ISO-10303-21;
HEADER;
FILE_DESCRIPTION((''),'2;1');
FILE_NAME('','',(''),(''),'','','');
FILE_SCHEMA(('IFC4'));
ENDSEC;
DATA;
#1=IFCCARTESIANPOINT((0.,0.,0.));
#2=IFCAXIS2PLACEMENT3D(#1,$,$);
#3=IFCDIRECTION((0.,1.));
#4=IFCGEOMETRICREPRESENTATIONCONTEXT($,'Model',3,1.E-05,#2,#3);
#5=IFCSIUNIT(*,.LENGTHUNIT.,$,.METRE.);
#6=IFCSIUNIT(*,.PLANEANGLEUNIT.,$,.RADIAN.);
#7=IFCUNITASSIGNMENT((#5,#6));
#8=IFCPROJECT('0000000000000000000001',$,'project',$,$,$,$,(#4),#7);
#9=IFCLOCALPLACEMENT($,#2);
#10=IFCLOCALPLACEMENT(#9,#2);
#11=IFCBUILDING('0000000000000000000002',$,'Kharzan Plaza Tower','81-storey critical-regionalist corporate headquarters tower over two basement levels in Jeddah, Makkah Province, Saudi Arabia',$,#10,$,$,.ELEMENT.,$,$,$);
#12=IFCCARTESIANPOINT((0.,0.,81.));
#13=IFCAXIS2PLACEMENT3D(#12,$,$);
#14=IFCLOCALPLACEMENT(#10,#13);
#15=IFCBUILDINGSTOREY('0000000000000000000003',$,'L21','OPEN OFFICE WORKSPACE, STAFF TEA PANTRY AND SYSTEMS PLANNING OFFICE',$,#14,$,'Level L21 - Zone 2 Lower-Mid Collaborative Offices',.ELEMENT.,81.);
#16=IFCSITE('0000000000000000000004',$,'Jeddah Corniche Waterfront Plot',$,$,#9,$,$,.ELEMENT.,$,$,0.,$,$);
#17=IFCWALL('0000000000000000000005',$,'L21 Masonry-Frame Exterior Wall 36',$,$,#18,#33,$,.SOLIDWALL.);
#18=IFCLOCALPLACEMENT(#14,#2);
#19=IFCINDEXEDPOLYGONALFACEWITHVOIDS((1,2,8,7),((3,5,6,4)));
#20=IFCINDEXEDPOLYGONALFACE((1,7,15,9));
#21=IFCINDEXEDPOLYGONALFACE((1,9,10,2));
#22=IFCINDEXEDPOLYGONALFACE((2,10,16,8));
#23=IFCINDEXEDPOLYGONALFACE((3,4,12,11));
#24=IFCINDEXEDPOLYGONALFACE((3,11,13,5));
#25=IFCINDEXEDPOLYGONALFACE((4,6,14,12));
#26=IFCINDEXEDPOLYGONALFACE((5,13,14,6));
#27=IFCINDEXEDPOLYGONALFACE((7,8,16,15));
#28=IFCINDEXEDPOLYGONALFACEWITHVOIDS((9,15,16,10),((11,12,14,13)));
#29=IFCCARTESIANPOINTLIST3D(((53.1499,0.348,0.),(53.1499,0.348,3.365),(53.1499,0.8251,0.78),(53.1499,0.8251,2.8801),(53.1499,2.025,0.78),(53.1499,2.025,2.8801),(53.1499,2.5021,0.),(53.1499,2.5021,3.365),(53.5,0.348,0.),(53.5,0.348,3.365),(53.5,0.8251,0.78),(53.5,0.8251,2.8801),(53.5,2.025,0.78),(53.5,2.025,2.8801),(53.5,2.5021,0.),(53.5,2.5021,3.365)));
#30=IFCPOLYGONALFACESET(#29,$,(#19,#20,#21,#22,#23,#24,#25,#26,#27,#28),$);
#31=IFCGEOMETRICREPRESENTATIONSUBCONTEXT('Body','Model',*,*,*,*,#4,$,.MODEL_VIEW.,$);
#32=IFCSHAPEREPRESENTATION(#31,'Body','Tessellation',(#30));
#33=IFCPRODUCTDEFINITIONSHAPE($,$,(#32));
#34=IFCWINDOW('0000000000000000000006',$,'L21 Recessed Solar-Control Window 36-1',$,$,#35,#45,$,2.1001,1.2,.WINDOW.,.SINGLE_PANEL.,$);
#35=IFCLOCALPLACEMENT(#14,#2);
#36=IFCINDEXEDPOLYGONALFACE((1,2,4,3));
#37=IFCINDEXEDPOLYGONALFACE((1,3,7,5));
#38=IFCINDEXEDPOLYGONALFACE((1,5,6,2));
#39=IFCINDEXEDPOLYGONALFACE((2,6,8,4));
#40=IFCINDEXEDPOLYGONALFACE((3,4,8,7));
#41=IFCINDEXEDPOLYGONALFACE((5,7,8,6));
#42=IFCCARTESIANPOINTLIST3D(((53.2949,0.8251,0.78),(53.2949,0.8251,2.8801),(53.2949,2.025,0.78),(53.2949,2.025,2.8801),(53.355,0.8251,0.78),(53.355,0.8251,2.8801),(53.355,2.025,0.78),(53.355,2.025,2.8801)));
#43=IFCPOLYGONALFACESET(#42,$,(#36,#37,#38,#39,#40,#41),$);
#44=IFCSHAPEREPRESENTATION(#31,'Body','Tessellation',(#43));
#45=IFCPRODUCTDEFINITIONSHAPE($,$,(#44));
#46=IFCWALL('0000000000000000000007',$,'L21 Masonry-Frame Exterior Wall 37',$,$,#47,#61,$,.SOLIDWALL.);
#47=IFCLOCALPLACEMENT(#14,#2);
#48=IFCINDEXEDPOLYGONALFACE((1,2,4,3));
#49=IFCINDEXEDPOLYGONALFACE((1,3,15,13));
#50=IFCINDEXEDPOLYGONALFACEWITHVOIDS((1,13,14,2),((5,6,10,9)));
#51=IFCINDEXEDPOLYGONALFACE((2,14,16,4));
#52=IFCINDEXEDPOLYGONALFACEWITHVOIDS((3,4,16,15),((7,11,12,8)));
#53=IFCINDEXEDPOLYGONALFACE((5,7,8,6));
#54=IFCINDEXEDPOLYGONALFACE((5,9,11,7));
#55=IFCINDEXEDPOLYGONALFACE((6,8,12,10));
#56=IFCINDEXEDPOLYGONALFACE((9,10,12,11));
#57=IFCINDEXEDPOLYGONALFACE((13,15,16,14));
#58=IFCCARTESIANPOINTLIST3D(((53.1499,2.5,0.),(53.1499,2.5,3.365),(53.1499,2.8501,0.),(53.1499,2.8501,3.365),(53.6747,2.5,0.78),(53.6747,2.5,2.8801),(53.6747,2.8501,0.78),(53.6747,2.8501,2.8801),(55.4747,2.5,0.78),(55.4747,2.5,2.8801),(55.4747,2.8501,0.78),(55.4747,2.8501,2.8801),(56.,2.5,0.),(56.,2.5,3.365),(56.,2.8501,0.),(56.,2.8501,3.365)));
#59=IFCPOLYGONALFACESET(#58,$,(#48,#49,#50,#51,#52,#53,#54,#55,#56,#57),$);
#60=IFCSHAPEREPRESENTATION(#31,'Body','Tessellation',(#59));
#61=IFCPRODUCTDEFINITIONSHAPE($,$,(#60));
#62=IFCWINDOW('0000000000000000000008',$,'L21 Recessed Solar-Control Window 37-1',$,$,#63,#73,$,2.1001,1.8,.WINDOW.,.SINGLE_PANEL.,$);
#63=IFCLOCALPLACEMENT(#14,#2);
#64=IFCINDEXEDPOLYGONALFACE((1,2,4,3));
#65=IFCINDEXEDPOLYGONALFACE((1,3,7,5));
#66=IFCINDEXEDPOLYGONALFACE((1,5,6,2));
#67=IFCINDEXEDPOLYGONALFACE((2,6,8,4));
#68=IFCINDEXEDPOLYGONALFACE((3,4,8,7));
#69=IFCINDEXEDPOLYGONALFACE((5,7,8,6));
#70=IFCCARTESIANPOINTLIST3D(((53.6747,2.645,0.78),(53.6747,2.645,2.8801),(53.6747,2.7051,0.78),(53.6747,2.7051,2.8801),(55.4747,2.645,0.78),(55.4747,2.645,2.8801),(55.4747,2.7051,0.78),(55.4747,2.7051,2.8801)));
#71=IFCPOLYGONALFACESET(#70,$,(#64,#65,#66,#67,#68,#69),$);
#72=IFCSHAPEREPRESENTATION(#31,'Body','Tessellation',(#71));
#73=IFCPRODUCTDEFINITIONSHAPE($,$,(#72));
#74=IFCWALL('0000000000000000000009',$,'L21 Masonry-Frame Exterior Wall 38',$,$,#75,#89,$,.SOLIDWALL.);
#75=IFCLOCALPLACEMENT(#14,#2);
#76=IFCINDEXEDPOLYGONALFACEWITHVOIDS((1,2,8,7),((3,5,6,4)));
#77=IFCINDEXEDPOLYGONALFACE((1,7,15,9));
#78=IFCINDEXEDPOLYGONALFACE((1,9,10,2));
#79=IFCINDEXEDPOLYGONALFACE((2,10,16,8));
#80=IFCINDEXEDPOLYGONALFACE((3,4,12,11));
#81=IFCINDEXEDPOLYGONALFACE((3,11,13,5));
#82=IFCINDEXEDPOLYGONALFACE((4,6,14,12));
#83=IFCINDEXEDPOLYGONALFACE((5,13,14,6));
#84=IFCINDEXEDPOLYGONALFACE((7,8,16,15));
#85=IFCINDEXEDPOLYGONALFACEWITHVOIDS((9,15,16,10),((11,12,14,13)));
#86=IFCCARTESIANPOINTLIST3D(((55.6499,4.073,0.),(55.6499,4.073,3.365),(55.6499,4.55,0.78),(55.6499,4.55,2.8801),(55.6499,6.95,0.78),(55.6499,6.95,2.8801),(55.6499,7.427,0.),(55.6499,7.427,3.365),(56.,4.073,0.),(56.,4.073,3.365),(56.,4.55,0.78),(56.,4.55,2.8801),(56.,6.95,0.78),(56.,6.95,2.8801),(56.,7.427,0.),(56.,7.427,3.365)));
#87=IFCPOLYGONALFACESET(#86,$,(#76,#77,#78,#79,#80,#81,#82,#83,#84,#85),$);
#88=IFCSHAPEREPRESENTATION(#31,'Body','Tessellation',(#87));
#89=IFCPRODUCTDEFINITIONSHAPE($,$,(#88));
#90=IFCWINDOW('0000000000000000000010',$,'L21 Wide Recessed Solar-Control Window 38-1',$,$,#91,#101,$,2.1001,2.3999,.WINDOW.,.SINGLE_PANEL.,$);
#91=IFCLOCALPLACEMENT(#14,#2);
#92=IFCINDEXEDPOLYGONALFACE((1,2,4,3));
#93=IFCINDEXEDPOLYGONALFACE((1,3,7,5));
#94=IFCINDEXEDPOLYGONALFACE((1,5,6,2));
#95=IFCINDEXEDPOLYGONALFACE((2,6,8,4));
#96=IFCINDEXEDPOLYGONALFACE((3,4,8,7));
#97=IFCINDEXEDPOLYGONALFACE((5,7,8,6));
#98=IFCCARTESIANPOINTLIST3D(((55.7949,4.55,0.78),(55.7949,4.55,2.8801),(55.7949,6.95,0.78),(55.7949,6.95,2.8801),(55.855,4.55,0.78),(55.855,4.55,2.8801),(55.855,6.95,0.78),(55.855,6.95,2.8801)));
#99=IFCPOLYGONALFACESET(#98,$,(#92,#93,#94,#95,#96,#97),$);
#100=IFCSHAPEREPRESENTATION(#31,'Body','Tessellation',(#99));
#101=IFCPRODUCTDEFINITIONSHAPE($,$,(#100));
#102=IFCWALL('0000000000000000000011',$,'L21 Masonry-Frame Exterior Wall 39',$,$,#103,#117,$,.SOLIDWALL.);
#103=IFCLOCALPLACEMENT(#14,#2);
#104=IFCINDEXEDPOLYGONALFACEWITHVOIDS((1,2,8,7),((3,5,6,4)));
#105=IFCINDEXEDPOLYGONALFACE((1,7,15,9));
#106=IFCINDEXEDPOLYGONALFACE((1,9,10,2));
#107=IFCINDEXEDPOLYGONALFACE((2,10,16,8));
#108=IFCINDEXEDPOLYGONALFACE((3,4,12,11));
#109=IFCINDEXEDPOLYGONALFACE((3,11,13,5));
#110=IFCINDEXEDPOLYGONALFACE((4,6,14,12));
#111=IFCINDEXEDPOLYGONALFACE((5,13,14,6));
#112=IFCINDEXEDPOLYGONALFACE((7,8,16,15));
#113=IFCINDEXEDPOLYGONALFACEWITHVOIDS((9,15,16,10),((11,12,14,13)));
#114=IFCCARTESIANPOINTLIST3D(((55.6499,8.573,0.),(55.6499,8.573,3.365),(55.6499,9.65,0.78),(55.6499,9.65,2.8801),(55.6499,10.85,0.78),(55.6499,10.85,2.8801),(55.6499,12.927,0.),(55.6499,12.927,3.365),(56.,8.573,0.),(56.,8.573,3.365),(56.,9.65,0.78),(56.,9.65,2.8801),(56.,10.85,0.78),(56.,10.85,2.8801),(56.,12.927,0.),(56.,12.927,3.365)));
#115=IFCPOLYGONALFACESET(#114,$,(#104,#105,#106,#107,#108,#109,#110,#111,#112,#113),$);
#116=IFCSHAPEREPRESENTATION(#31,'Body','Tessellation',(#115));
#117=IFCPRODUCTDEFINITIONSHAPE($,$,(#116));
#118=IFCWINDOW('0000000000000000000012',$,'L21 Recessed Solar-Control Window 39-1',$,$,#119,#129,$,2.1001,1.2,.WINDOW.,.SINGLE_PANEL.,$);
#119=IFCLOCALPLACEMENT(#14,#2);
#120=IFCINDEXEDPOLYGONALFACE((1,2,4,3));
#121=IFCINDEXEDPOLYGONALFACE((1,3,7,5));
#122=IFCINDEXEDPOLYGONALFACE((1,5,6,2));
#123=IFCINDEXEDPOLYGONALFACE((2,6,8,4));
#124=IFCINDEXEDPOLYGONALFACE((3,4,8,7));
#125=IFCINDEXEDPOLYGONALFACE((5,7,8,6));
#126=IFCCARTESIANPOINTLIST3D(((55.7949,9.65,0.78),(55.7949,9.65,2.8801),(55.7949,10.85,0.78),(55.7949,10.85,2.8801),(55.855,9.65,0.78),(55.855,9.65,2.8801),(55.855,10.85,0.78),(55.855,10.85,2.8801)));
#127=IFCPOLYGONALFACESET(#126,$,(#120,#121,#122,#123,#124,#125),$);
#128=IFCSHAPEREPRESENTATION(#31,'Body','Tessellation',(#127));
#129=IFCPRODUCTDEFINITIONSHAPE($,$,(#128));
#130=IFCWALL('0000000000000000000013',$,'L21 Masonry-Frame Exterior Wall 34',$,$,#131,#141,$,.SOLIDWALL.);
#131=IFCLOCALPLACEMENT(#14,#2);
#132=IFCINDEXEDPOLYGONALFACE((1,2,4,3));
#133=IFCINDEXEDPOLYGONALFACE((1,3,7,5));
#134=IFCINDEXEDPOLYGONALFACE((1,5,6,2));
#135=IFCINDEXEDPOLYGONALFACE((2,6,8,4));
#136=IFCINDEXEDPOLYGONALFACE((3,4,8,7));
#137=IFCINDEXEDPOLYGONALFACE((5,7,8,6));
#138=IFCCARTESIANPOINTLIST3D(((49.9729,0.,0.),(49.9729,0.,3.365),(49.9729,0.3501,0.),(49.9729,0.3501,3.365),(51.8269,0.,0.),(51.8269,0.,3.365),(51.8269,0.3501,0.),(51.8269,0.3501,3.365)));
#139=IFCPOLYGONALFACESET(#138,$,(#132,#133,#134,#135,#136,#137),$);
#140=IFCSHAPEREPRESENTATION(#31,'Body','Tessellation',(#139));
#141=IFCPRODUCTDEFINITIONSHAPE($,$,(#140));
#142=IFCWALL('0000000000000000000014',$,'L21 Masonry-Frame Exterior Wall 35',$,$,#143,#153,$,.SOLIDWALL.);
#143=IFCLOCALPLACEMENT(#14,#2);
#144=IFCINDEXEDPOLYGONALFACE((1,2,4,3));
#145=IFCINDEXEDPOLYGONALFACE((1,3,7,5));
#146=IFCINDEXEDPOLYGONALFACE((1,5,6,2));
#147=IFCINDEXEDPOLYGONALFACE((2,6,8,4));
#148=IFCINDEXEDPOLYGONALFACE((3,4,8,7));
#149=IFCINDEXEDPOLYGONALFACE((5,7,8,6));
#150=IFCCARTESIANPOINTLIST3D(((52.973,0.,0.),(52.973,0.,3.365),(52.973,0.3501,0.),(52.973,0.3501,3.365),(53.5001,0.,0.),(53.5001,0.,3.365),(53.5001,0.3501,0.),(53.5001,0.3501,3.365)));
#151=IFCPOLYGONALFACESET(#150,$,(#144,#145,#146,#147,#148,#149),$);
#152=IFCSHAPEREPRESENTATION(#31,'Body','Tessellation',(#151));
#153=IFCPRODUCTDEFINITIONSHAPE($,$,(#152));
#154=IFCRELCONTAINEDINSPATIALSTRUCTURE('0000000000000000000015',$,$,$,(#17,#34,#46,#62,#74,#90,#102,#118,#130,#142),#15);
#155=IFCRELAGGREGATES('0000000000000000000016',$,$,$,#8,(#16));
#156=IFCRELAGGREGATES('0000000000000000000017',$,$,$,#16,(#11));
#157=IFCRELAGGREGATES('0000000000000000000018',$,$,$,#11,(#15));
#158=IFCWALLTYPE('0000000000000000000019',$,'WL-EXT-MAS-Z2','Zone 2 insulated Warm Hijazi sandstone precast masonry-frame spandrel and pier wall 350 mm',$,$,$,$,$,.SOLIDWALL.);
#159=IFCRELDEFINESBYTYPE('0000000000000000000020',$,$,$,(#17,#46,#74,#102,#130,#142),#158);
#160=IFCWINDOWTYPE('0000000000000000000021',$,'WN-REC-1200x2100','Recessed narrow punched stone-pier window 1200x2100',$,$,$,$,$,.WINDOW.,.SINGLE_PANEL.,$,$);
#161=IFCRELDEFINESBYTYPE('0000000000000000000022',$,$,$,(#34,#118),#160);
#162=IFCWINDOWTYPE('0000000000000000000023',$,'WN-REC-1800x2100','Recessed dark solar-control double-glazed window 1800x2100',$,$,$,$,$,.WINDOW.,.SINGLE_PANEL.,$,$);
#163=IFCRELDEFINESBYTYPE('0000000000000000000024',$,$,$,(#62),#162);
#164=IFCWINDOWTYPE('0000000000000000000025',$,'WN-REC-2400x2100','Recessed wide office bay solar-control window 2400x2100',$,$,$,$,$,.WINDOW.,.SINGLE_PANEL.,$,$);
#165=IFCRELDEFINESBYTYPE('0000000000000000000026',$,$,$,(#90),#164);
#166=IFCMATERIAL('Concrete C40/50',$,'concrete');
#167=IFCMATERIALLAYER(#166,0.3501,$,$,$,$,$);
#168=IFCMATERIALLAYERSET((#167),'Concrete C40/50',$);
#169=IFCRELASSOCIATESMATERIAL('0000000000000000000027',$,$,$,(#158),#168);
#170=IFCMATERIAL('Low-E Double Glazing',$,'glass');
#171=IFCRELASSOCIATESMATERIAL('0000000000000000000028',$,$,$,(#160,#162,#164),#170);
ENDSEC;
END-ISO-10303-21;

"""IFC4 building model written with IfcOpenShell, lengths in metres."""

from ifc_helpers import new_model, si_unit, direction, frame, frame_2d, origin, place, context, subcontext, project, spatial, rectangle, extrude, source, transform, mapped, material, layer, layer_set, type_object, element, fill, save


model = new_model("IFC4")

# Units and contexts
model_context = context("Model", 3, precision=1e-05, world=origin(), true_north=direction((0.0, 1.0)))
body_context = subcontext(model_context, "Body", "Model", "MODEL_VIEW")
ifc_project = project(units=[si_unit("LENGTHUNIT", "METRE"), si_unit("PLANEANGLEUNIT", "RADIAN")], contexts=[model_context])

# Site, building, storey
site_placement = place(None, origin())
site = spatial("IfcSite", under=ifc_project, at=site_placement, Name="Jeddah Corniche Waterfront Plot", CompositionType="ELEMENT", RefElevation=0.0)
building_placement = place(site_placement, origin())
building = spatial("IfcBuilding", under=site, at=building_placement, Name="Kharzan Plaza Tower", Description="81-storey critical-regionalist corporate headquarters tower over two basement levels in Jeddah, Makkah Province, Saudi Arabia", CompositionType="ELEMENT")
storey_placement = place(building_placement, frame((0.0, 0.0, 81.0)))
storey = spatial("IfcBuildingStorey", under=building, at=storey_placement, Name="L21", Description="OPEN OFFICE WORKSPACE, STAFF TEA PANTRY AND SYSTEMS PLANNING OFFICE", LongName="Level L21 - Zone 2 Lower-Mid Collaborative Offices", CompositionType="ELEMENT", Elevation=81.0)

# Walls, openings, windows
ifc_material_1 = material(Name="Concrete C40/50", Category="concrete")
ifc_layer = layer(ifc_material_1, 0.3501)
ifc_layer_set = layer_set([ifc_layer], Name="Concrete C40/50")
wall_type = type_object("IfcWallType", Name="WL-EXT-MAS-Z2", Description="Zone 2 insulated Warm Hijazi sandstone precast masonry-frame spandrel and pier wall 350 mm", PredefinedType="SOLIDWALL", material=ifc_layer_set)
wall_1_placement = place(storey_placement, frame((53.325, 0.3479, 0.0), z_axis=(0.0, 0.0, 1.0), x_axis=(0.0, 1.0, 0.0)))
wall_1 = element("IfcWall", 1, at=wall_1_placement, inside=storey, type_object=wall_type, Name="L21 Masonry-Frame Exterior Wall 36", PredefinedType="SOLIDWALL", context=body_context, shape_type="SweptSolid", body=[
    extrude(rectangle(XDim=2.1541, YDim=0.3501, at=frame_2d((1.0771, 0.0))), origin(), (0.0, 0.0, 1.0), 3.365),
])
opening_1_placement = place(wall_1_placement, frame((0.4771, 0.0, 0.78)))
opening_1 = element("IfcOpeningElement", 2, at=opening_1_placement, cuts=wall_1, PredefinedType="OPENING", context=body_context, shape_type="SweptSolid", body=[
    extrude(rectangle(XDim=1.2, YDim=2.1001, at=frame_2d((0.6001, 1.05))), frame((0.0, 0.1851, 0.0), z_axis=(0.0, -1.0, 0.0), x_axis=(1.0, 0.0, 0.0)), (0.0, 0.0, 1.0), 0.3701),
])
ifc_material_2 = material(Name="Low-E Double Glazing", Category="glass")
window_type_1 = type_object("IfcWindowType", Name="WN-REC-1200x2100", Description="Recessed narrow punched stone-pier window 1200x2100", PartitioningType="SINGLE_PANEL", PredefinedType="WINDOW", material=ifc_material_2)
shared_shape_1 = source(origin(), body_context, "Body", "SweptSolid", [
    extrude(rectangle(XDim=1.2, YDim=2.1001, at=frame_2d((0.6001, 1.05))), frame((0.0, 0.03, 0.0), z_axis=(0.0, -1.0, 0.0), x_axis=(1.0, 0.0, 0.0)), (0.0, 0.0, 1.0), 0.0601),
])
window_1_placement = place(opening_1_placement, origin())
window_1 = element("IfcWindow", 3, at=window_1_placement, inside=storey, type_object=window_type_1, Name="L21 Recessed Solar-Control Window 36-1", OverallHeight=2.1001, OverallWidth=1.2, PartitioningType="SINGLE_PANEL", PredefinedType="WINDOW", context=body_context, shape_type="MappedRepresentation", body=[
    mapped(shared_shape_1, transform((0.0, 0.0, 0.0), x_axis=(1.0, 0.0, 0.0), y_axis=(0.0, 1.0, 0.0), z_axis=(0.0, 0.0, 1.0))),
])
fill(opening_1, window_1)
wall_2_placement = place(storey_placement, frame((53.1499, 2.675, 0.0), z_axis=(0.0, 0.0, 1.0), x_axis=(1.0, 0.0, 0.0)))
wall_2 = element("IfcWall", 4, at=wall_2_placement, inside=storey, type_object=wall_type, Name="L21 Masonry-Frame Exterior Wall 37", PredefinedType="SOLIDWALL", context=body_context, shape_type="SweptSolid", body=[
    extrude(rectangle(XDim=2.8501, YDim=0.3501, at=frame_2d((1.425, 0.0))), origin(), (0.0, 0.0, 1.0), 3.365),
])
opening_2_placement = place(wall_2_placement, frame((0.5249, 0.0, 0.78)))
opening_2 = element("IfcOpeningElement", 5, at=opening_2_placement, cuts=wall_2, PredefinedType="OPENING", context=body_context, shape_type="SweptSolid", body=[
    extrude(rectangle(XDim=1.8, YDim=2.1001, at=frame_2d((0.8999, 1.05))), frame((0.0, 0.1851, 0.0), z_axis=(0.0, -1.0, 0.0), x_axis=(1.0, 0.0, 0.0)), (0.0, 0.0, 1.0), 0.3701),
])
window_type_2 = type_object("IfcWindowType", Name="WN-REC-1800x2100", Description="Recessed dark solar-control double-glazed window 1800x2100", PartitioningType="SINGLE_PANEL", PredefinedType="WINDOW", material=ifc_material_2)
shared_shape_2 = source(origin(), body_context, "Body", "SweptSolid", [
    extrude(rectangle(XDim=1.8, YDim=2.1001, at=frame_2d((0.8999, 1.05))), frame((0.0, 0.03, 0.0), z_axis=(0.0, -1.0, 0.0), x_axis=(1.0, 0.0, 0.0)), (0.0, 0.0, 1.0), 0.0601),
])
window_2_placement = place(opening_2_placement, origin())
window_2 = element("IfcWindow", 6, at=window_2_placement, inside=storey, type_object=window_type_2, Name="L21 Recessed Solar-Control Window 37-1", OverallHeight=2.1001, OverallWidth=1.8, PartitioningType="SINGLE_PANEL", PredefinedType="WINDOW", context=body_context, shape_type="MappedRepresentation", body=[
    mapped(shared_shape_2, transform((0.0, 0.0, 0.0), x_axis=(1.0, 0.0, 0.0), y_axis=(0.0, 1.0, 0.0), z_axis=(0.0, 0.0, 1.0))),
])
fill(opening_2, window_2)
wall_3_placement = place(storey_placement, frame((55.825, 4.073, 0.0), z_axis=(0.0, 0.0, 1.0), x_axis=(0.0, 1.0, 0.0)))
wall_3 = element("IfcWall", 7, at=wall_3_placement, inside=storey, type_object=wall_type, Name="L21 Masonry-Frame Exterior Wall 38", PredefinedType="SOLIDWALL", context=body_context, shape_type="SweptSolid", body=[
    extrude(rectangle(XDim=3.354, YDim=0.3501, at=frame_2d((1.677, 0.0))), origin(), (0.0, 0.0, 1.0), 3.365),
])
opening_3_placement = place(wall_3_placement, frame((0.4771, 0.0, 0.78)))
opening_3 = element("IfcOpeningElement", 8, at=opening_3_placement, cuts=wall_3, PredefinedType="OPENING", context=body_context, shape_type="SweptSolid", body=[
    extrude(rectangle(XDim=2.3999, YDim=2.1001, at=frame_2d((1.2, 1.05))), frame((0.0, 0.1851, 0.0), z_axis=(0.0, -1.0, 0.0), x_axis=(1.0, 0.0, 0.0)), (0.0, 0.0, 1.0), 0.3701),
])
window_type_3 = type_object("IfcWindowType", Name="WN-REC-2400x2100", Description="Recessed wide office bay solar-control window 2400x2100", PartitioningType="SINGLE_PANEL", PredefinedType="WINDOW", material=ifc_material_2)
shared_shape_3 = source(origin(), body_context, "Body", "SweptSolid", [
    extrude(rectangle(XDim=2.3999, YDim=2.1001, at=frame_2d((1.2, 1.05))), frame((0.0, 0.03, 0.0), z_axis=(0.0, -1.0, 0.0), x_axis=(1.0, 0.0, 0.0)), (0.0, 0.0, 1.0), 0.0601),
])
window_3_placement = place(opening_3_placement, origin())
window_3 = element("IfcWindow", 9, at=window_3_placement, inside=storey, type_object=window_type_3, Name="L21 Wide Recessed Solar-Control Window 38-1", OverallHeight=2.1001, OverallWidth=2.3999, PartitioningType="SINGLE_PANEL", PredefinedType="WINDOW", context=body_context, shape_type="MappedRepresentation", body=[
    mapped(shared_shape_3, transform((0.0, 0.0, 0.0), x_axis=(1.0, 0.0, 0.0), y_axis=(0.0, 1.0, 0.0), z_axis=(0.0, 0.0, 1.0))),
])
fill(opening_3, window_3)
wall_4_placement = place(storey_placement, frame((55.825, 8.573, 0.0), z_axis=(0.0, 0.0, 1.0), x_axis=(0.0, 1.0, 0.0)))
wall_4 = element("IfcWall", 10, at=wall_4_placement, inside=storey, type_object=wall_type, Name="L21 Masonry-Frame Exterior Wall 39", PredefinedType="SOLIDWALL", context=body_context, shape_type="SweptSolid", body=[
    extrude(rectangle(XDim=4.354, YDim=0.3501, at=frame_2d((2.177, 0.0))), origin(), (0.0, 0.0, 1.0), 3.365),
])
opening_4_placement = place(wall_4_placement, frame((1.0769, 0.0, 0.78)))
opening_4 = element("IfcOpeningElement", 11, at=opening_4_placement, cuts=wall_4, PredefinedType="OPENING", context=body_context, shape_type="SweptSolid", body=[
    extrude(rectangle(XDim=1.2, YDim=2.1001, at=frame_2d((0.6001, 1.05))), frame((0.0, 0.1851, 0.0), z_axis=(0.0, -1.0, 0.0), x_axis=(1.0, 0.0, 0.0)), (0.0, 0.0, 1.0), 0.3701),
])
window_4_placement = place(opening_4_placement, origin())
window_4 = element("IfcWindow", 12, at=window_4_placement, inside=storey, type_object=window_type_1, Name="L21 Recessed Solar-Control Window 39-1", OverallHeight=2.1001, OverallWidth=1.2, PartitioningType="SINGLE_PANEL", PredefinedType="WINDOW", context=body_context, shape_type="MappedRepresentation", body=[
    mapped(shared_shape_1, transform((0.0, 0.0, 0.0), x_axis=(1.0, 0.0, 0.0), y_axis=(0.0, 1.0, 0.0), z_axis=(0.0, 0.0, 1.0))),
])
fill(opening_4, window_4)

# Walls
shared_shape_4 = source(origin(), body_context, "Body", "SweptSolid", [
    extrude(rectangle(XDim=1.854, YDim=0.3501, at=frame_2d((0.927, 0.0))), origin(), (0.0, 0.0, 1.0), 3.365),
])
wall_5_placement = place(storey_placement, frame((49.9729, 0.175, 0.0), z_axis=(0.0, 0.0, 1.0), x_axis=(1.0, 0.0, 0.0)))
element("IfcWall", 13, at=wall_5_placement, inside=storey, type_object=wall_type, Name="L21 Masonry-Frame Exterior Wall 34", PredefinedType="SOLIDWALL", context=body_context, shape_type="MappedRepresentation", body=[
    mapped(shared_shape_4, transform((0.0, 0.0, 0.0), x_axis=(1.0, 0.0, 0.0), y_axis=(0.0, 1.0, 0.0), z_axis=(0.0, 0.0, 1.0))),
])
shared_shape_5 = source(origin(), body_context, "Body", "SweptSolid", [
    extrude(rectangle(XDim=0.5271, YDim=0.3501, at=frame_2d((0.2637, 0.0))), origin(), (0.0, 0.0, 1.0), 3.365),
])
wall_6_placement = place(storey_placement, frame((52.9729, 0.175, 0.0), z_axis=(0.0, 0.0, 1.0), x_axis=(1.0, 0.0, 0.0)))
element("IfcWall", 14, at=wall_6_placement, inside=storey, type_object=wall_type, Name="L21 Masonry-Frame Exterior Wall 35", PredefinedType="SOLIDWALL", context=body_context, shape_type="MappedRepresentation", body=[
    mapped(shared_shape_5, transform((0.0, 0.0, 0.0), x_axis=(1.0, 0.0, 0.0), y_axis=(0.0, 1.0, 0.0), z_axis=(0.0, 0.0, 1.0))),
])

save(model, "model.ifc")
